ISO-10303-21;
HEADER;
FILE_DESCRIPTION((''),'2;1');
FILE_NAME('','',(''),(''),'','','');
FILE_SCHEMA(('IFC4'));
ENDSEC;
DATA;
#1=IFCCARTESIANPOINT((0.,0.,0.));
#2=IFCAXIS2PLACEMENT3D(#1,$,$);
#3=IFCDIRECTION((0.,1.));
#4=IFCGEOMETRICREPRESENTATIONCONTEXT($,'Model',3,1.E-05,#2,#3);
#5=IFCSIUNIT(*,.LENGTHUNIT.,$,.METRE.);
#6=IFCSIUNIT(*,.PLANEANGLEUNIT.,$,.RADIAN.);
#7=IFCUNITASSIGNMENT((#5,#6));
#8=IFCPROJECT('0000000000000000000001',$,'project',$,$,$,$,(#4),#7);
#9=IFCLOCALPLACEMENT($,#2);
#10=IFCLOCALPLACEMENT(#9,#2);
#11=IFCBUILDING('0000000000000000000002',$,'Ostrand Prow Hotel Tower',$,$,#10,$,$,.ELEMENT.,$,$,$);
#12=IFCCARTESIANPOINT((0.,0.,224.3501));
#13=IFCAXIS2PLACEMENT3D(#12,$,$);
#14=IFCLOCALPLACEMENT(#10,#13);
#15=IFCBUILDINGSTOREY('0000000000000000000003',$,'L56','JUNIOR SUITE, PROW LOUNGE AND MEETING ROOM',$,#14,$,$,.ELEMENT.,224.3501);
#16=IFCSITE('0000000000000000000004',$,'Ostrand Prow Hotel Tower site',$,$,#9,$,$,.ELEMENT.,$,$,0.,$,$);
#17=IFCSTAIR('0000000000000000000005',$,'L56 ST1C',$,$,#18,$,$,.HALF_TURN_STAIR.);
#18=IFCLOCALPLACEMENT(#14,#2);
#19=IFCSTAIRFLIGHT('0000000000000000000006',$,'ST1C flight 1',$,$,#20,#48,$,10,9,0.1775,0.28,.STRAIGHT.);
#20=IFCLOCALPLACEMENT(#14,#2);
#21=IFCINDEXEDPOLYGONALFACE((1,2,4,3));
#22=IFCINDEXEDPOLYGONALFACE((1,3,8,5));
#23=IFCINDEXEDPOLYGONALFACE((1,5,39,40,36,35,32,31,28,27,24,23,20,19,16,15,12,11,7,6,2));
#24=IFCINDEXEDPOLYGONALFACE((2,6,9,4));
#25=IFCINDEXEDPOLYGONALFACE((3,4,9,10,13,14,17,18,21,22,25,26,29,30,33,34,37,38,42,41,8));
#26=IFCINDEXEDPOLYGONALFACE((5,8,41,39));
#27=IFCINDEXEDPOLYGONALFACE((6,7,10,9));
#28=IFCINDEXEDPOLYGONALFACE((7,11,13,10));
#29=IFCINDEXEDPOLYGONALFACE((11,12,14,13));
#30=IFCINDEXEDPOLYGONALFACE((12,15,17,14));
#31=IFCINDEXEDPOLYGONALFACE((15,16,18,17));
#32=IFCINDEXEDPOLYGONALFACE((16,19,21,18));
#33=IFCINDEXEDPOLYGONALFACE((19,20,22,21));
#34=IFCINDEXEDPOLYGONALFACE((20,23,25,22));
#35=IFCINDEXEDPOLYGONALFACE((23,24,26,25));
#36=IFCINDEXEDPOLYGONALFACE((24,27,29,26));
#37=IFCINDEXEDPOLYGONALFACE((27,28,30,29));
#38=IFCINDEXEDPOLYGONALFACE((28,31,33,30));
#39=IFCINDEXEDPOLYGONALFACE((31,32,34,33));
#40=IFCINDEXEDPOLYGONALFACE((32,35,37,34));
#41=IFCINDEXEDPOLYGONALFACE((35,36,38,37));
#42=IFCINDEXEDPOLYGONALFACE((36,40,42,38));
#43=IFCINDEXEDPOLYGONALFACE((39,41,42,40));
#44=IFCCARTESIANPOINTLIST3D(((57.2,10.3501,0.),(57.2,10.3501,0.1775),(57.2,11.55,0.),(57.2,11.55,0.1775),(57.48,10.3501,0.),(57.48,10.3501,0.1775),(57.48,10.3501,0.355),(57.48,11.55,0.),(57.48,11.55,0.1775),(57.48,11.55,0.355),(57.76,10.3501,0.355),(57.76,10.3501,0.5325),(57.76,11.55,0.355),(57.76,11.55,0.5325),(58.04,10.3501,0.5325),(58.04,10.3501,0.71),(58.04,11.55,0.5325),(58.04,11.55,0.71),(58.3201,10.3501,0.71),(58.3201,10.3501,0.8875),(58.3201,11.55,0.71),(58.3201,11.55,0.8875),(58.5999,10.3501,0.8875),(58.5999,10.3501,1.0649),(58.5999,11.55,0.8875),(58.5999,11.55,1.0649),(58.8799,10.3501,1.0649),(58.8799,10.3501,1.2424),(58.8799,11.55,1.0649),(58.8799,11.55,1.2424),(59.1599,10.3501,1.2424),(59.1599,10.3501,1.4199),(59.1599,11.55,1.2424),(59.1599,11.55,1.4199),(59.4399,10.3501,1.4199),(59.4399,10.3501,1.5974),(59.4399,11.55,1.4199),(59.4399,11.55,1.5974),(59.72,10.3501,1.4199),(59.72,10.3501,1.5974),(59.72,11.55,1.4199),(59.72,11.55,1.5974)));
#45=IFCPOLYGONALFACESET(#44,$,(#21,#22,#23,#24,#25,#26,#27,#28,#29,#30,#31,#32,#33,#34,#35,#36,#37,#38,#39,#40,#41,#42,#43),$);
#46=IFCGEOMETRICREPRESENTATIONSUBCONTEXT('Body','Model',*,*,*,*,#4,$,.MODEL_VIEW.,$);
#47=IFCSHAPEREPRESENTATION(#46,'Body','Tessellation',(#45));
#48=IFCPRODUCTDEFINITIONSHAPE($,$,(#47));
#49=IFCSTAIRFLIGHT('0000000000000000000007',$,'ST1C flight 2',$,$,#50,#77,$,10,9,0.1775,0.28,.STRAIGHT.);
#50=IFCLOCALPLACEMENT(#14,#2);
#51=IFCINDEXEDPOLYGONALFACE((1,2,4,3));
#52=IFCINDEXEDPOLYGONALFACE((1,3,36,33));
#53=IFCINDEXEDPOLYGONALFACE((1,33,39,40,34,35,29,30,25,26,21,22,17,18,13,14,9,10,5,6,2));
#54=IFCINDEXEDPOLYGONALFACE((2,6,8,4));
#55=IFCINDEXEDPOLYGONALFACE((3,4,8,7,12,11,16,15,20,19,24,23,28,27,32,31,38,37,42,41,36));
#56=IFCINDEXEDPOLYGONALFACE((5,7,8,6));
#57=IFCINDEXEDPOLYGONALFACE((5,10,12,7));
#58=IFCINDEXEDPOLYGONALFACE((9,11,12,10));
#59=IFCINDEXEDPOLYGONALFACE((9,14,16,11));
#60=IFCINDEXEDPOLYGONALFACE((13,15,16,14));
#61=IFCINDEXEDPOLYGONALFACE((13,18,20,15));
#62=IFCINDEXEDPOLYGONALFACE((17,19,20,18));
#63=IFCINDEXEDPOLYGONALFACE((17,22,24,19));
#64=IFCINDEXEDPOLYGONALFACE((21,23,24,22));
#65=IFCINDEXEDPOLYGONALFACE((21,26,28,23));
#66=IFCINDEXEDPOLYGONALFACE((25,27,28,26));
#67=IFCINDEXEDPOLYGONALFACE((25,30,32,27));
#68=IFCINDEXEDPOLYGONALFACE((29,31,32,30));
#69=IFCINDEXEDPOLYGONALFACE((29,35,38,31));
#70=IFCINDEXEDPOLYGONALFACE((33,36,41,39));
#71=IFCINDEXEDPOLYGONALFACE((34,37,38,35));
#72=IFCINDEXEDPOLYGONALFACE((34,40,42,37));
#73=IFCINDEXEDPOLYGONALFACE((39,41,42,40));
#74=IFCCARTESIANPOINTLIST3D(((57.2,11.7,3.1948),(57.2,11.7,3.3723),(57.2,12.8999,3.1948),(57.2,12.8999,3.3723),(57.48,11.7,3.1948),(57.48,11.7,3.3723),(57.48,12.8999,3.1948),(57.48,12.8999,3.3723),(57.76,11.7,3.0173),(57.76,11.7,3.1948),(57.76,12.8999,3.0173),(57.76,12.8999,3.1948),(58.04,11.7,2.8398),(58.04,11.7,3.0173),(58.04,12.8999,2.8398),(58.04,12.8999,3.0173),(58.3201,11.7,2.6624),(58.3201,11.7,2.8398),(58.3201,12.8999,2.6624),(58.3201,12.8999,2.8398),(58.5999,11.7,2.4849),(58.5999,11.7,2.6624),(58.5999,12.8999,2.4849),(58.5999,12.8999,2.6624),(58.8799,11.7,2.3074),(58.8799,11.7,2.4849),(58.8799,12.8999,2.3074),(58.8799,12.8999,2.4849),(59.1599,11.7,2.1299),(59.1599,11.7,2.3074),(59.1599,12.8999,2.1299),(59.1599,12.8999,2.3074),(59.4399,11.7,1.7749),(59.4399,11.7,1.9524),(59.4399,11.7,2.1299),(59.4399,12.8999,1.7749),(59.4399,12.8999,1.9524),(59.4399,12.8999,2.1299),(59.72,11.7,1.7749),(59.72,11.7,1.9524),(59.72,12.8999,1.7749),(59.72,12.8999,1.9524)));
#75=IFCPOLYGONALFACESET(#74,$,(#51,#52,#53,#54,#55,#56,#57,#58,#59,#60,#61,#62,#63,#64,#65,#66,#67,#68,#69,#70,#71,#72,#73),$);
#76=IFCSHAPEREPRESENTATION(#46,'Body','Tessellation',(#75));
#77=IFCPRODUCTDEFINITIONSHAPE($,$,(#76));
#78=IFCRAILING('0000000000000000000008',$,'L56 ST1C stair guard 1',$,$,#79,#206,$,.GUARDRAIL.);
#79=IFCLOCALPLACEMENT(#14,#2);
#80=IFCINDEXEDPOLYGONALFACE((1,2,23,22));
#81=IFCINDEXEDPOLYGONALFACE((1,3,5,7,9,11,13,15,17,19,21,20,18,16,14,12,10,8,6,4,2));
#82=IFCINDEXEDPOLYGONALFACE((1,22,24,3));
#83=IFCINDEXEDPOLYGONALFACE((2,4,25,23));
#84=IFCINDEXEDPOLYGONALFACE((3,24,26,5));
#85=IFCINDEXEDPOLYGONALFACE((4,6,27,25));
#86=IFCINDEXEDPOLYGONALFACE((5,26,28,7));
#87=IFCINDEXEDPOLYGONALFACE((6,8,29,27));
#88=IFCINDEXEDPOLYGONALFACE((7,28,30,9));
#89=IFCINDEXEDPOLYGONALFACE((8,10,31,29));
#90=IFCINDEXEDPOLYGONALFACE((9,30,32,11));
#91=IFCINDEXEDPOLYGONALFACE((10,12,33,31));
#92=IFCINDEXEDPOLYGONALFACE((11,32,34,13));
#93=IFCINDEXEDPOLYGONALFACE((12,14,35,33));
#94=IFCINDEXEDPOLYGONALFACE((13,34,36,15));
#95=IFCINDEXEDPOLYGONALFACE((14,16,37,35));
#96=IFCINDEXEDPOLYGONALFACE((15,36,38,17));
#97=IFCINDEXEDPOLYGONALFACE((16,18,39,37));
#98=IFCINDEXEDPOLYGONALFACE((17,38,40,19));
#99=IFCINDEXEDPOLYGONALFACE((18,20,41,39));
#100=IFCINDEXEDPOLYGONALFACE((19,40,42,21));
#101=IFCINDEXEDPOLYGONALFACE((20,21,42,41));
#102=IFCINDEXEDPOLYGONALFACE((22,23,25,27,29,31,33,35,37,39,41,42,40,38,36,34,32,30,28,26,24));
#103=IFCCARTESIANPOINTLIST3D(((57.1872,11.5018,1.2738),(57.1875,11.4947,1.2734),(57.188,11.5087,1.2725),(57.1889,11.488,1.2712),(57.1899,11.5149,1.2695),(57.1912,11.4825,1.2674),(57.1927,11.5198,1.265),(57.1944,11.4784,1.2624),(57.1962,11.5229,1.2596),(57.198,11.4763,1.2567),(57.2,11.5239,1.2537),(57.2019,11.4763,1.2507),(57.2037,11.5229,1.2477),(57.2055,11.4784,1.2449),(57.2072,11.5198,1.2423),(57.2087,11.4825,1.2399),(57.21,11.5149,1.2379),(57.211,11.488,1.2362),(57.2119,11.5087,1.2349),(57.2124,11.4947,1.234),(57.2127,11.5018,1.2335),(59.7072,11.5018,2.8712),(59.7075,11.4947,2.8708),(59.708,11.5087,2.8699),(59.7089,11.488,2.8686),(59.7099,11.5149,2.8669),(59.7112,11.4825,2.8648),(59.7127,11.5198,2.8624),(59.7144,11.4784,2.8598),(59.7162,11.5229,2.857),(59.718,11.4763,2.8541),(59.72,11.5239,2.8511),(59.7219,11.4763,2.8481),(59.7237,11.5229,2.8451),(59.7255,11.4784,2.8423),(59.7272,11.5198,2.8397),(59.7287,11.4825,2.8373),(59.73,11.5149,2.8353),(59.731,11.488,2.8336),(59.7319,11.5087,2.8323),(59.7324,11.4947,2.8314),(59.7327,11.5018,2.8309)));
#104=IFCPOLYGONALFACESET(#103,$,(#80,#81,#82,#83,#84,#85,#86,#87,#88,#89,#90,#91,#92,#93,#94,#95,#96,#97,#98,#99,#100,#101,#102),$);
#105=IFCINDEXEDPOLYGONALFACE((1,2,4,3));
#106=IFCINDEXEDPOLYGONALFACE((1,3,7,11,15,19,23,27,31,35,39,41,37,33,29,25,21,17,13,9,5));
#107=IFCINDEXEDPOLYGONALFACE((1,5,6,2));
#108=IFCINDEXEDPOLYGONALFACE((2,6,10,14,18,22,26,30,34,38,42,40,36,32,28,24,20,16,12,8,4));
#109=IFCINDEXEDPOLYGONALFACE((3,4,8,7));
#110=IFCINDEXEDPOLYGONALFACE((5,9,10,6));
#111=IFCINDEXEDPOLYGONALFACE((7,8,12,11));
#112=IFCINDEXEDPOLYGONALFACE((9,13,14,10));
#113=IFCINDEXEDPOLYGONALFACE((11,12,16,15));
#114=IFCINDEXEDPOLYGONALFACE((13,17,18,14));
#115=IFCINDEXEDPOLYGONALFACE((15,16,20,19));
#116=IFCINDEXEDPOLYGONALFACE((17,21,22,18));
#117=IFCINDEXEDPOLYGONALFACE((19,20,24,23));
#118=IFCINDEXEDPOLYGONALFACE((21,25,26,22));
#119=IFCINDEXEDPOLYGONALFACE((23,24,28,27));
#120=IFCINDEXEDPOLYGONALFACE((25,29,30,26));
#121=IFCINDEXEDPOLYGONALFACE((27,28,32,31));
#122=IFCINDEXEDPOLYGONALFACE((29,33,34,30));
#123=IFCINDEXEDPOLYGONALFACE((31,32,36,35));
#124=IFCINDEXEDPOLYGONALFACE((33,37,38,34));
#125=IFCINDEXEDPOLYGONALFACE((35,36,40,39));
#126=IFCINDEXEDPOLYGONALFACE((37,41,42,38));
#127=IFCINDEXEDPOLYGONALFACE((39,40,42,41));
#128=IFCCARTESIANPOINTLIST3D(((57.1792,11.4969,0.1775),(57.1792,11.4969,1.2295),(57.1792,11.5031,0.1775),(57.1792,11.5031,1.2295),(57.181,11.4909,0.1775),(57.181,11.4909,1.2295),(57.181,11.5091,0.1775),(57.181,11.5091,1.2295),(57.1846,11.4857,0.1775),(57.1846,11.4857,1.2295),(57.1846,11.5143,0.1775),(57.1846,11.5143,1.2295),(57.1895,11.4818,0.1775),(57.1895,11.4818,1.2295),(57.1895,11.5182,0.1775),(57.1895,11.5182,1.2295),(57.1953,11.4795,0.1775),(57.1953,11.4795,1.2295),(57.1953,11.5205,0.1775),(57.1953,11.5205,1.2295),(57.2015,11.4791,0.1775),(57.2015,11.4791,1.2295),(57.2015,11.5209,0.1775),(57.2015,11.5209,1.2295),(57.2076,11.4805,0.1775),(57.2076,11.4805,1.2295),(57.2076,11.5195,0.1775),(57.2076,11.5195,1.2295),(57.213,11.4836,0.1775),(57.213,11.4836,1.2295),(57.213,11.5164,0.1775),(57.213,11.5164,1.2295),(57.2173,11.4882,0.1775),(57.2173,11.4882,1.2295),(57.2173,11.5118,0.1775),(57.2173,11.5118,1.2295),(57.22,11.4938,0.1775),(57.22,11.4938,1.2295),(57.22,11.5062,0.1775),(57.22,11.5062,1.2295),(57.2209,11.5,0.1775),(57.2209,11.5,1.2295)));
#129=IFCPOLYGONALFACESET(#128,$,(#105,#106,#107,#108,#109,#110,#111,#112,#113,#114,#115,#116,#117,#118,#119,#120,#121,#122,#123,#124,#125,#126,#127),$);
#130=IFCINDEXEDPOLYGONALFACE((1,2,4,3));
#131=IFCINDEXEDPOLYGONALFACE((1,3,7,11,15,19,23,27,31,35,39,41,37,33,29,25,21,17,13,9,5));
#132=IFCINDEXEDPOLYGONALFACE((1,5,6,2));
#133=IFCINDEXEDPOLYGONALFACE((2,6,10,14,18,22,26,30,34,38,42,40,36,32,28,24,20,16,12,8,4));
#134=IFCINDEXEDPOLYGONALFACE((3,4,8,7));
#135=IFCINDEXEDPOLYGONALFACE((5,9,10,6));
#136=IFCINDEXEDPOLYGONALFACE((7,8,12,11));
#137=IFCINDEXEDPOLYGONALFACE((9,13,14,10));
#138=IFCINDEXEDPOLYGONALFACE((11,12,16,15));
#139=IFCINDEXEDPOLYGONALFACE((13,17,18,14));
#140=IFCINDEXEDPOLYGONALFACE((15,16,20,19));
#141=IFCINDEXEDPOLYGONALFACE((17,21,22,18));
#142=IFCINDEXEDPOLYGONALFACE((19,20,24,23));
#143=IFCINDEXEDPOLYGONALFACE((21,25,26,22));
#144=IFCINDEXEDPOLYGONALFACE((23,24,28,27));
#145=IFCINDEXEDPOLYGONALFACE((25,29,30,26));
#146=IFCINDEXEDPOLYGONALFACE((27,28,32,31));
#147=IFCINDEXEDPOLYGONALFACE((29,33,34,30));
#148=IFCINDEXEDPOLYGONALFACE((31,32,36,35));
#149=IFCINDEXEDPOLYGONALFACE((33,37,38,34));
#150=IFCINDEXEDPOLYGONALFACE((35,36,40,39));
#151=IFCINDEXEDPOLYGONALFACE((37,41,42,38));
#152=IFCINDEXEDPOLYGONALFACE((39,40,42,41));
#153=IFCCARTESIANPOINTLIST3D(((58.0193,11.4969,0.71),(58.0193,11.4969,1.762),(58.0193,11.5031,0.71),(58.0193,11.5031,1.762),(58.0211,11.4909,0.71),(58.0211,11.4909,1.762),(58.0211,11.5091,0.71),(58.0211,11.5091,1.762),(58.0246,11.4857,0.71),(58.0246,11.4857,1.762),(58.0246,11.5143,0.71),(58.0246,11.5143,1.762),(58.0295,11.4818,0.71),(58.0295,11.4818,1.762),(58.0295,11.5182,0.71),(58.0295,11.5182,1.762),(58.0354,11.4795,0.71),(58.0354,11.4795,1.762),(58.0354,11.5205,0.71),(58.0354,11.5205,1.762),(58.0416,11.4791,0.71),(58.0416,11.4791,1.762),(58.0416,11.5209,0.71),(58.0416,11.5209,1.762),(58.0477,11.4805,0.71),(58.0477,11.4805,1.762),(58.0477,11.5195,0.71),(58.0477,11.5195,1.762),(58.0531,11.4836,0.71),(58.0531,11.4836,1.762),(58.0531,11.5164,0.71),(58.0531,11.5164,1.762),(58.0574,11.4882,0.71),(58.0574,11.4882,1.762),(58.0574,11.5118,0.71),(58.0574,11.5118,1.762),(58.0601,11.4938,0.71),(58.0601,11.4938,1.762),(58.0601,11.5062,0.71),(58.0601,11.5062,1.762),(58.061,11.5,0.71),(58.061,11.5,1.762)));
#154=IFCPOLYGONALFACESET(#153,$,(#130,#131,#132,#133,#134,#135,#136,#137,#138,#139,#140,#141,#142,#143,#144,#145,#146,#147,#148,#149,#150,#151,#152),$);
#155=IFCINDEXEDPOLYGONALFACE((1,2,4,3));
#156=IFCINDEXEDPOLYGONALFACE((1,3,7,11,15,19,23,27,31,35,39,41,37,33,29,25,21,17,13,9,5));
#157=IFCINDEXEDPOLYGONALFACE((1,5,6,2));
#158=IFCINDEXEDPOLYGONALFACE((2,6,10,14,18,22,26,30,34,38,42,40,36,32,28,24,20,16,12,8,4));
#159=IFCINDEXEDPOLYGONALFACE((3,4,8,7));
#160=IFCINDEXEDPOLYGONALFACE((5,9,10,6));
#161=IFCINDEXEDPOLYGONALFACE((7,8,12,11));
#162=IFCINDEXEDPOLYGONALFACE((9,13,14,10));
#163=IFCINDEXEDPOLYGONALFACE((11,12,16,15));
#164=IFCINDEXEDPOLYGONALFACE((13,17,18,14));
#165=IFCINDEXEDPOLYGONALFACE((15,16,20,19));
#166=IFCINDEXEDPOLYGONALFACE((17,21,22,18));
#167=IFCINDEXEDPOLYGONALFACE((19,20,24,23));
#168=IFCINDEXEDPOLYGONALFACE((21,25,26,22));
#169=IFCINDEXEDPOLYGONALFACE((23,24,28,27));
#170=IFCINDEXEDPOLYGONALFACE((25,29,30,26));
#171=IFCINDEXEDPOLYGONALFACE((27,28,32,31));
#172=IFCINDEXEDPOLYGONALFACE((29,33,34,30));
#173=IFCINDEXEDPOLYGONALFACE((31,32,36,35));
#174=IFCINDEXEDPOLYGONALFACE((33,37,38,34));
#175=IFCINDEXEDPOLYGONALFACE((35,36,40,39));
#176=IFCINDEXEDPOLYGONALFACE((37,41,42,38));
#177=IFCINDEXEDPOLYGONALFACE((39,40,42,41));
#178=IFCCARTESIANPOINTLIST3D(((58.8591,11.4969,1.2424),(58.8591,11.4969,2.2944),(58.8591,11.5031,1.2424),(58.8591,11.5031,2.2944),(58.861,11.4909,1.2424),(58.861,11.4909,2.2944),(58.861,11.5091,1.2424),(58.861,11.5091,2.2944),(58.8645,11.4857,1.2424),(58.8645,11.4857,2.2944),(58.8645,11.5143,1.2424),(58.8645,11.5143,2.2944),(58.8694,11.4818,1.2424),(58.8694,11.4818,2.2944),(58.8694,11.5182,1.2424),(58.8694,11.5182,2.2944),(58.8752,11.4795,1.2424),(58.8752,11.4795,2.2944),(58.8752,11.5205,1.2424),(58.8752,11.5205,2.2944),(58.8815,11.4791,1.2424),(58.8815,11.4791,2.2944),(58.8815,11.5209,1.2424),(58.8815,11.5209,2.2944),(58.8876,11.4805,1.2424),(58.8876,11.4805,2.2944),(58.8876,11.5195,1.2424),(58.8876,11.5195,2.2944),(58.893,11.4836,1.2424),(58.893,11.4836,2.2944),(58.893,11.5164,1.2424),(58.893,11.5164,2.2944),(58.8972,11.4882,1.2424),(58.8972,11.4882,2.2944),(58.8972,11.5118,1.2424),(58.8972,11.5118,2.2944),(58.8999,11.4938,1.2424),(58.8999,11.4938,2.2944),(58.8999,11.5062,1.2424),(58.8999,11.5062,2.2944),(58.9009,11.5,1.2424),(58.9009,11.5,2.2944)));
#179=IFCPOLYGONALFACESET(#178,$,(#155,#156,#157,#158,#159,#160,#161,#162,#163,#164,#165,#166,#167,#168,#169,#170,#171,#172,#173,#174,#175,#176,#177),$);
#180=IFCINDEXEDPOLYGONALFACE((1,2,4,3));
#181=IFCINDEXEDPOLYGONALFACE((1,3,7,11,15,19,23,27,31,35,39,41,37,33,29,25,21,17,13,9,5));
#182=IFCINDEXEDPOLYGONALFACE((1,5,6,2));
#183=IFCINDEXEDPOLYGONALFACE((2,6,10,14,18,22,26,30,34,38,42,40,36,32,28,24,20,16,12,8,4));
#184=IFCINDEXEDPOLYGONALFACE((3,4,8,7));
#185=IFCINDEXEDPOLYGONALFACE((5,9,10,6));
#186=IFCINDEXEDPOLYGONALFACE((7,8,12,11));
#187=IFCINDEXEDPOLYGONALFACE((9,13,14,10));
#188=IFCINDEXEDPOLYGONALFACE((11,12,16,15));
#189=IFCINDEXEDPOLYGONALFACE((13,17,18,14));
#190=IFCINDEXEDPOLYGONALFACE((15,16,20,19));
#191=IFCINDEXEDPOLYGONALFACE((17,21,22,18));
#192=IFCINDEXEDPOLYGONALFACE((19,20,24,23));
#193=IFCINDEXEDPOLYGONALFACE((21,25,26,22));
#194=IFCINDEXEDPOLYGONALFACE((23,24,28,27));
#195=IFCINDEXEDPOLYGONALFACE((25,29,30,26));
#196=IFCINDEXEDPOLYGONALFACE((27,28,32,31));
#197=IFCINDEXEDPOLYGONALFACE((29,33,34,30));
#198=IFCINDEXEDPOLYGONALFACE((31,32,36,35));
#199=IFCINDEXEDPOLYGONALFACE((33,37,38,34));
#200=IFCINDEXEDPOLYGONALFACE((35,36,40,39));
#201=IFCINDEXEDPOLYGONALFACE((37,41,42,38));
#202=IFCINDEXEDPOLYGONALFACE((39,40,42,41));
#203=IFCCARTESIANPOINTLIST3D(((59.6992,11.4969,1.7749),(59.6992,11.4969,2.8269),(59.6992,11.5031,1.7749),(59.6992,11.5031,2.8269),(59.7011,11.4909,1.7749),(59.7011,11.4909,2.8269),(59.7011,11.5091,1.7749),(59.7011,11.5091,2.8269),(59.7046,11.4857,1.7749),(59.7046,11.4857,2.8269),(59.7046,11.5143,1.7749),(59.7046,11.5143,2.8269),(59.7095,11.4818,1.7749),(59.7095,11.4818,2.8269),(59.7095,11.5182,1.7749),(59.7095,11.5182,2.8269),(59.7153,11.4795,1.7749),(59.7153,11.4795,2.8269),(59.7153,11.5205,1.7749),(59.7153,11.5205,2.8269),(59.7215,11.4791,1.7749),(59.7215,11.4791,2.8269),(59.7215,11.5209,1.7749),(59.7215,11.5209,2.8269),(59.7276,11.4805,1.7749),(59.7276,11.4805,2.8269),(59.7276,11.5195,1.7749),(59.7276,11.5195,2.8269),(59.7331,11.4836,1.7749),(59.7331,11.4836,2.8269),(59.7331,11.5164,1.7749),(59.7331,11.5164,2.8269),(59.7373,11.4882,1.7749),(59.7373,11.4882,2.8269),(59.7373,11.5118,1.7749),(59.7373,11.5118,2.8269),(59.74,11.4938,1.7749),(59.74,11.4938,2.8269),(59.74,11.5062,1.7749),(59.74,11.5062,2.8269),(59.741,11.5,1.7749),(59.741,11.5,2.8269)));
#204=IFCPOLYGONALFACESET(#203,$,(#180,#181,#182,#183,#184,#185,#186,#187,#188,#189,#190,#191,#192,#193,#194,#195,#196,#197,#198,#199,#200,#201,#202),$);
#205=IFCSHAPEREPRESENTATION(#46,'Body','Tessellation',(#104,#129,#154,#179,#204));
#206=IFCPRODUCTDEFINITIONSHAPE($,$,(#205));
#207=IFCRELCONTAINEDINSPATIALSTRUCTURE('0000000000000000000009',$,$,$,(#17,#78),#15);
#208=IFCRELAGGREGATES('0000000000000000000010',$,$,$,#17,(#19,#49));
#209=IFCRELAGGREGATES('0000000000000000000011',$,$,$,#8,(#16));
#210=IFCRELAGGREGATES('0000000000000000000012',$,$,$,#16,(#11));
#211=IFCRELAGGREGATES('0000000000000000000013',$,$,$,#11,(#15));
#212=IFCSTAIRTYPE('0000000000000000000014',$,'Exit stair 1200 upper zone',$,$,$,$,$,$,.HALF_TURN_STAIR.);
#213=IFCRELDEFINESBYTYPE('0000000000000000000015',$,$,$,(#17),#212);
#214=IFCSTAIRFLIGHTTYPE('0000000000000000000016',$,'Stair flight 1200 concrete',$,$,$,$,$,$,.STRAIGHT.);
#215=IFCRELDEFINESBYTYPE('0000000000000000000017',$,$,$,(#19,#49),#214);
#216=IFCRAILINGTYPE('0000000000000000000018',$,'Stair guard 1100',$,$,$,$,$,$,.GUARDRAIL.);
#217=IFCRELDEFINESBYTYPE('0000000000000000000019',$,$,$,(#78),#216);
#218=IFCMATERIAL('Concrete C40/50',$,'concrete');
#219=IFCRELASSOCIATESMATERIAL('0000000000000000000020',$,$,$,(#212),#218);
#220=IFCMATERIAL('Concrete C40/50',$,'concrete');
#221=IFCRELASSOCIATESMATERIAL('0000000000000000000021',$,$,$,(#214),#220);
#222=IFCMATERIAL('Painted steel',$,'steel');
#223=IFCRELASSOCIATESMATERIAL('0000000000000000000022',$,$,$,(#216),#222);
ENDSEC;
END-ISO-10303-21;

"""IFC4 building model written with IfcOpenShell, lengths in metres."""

from ifc_helpers import new_model, si_unit, direction, frame, origin, origin_2d, place, context, subcontext, project, spatial, polyline, circle, outline, extrude, material, type_object, element, aggregate, save


model = new_model("IFC4")

# Units and contexts
model_context = context("Model", 3, precision=1e-05, world=origin(), true_north=direction((0.0, 1.0)))
body_context = subcontext(model_context, "Body", "Model", "MODEL_VIEW")
ifc_project = project(units=[si_unit("LENGTHUNIT", "METRE"), si_unit("PLANEANGLEUNIT", "RADIAN")], contexts=[model_context])

# Site, building, storey
site_placement = place(None, origin())
site = spatial("IfcSite", under=ifc_project, at=site_placement, Name="Ostrand Prow Hotel Tower site", CompositionType="ELEMENT", RefElevation=0.0)
building_placement = place(site_placement, origin())
building = spatial("IfcBuilding", under=site, at=building_placement, Name="Ostrand Prow Hotel Tower", CompositionType="ELEMENT")
storey_placement = place(building_placement, frame((0.0, 0.0, 224.3501)))
storey = spatial("IfcBuildingStorey", under=building, at=storey_placement, Name="L56", Description="JUNIOR SUITE, PROW LOUNGE AND MEETING ROOM", CompositionType="ELEMENT", Elevation=224.3501)

# Stair, stair flights
ifc_material_1 = material(Name="Concrete C40/50", Category="concrete")
stair_type = type_object("IfcStairType", Name="Exit stair 1200 upper zone", PredefinedType="HALF_TURN_STAIR", material=ifc_material_1)
stair_placement = place(storey_placement, origin())
stair = element("IfcStair", 1, at=stair_placement, inside=storey, type_object=stair_type, Name="L56 ST1C", PredefinedType="HALF_TURN_STAIR")
ifc_material_2 = material(Name="Concrete C40/50", Category="concrete")
stair_flight_type = type_object("IfcStairFlightType", Name="Stair flight 1200 concrete", PredefinedType="STRAIGHT", material=ifc_material_2)
stair_flight_1_placement = place(storey_placement, frame((57.2, 10.95, 0.0), z_axis=(0.0, 0.0, 1.0), x_axis=(1.0, 0.0, 0.0)))
stair_flight_1 = element("IfcStairFlight", 2, at=stair_flight_1_placement, type_object=stair_flight_type, Name="ST1C flight 1", NumberOfRisers=10, NumberOfTreads=9, PredefinedType="STRAIGHT", RiserHeight=0.1775, TreadLength=0.28, context=body_context, shape_type="SweptSolid", body=[
    extrude(outline(polyline([(0.0, 0.0), (0.0, 0.1775), (0.28, 0.1775), (0.28, 0.355), (0.5601, 0.355), (0.5601, 0.5325), (0.8401, 0.5325), (0.8401, 0.71), (1.1201, 0.71), (1.1201, 0.8875), (1.3999, 0.8875), (1.3999, 1.0649), (1.6799, 1.0649), (1.6799, 1.2424), (1.96, 1.2424), (1.96, 1.4199), (2.24, 1.4199), (2.24, 1.5974), (2.52, 1.5974), (2.52, 1.7749), (2.52, 1.4199), (0.28, 0.0), (0.0, 0.0)])), frame((0.0, 0.6001, 0.0), z_axis=(0.0, -1.0, 0.0), x_axis=(1.0, 0.0, 0.0)), (0.0, 0.0, 1.0), 1.2),
])
stair_flight_2_placement = place(storey_placement, frame((59.72, 12.3, 1.7749), z_axis=(0.0, 0.0, 1.0), x_axis=(-1.0, 0.0, 0.0)))
stair_flight_2 = element("IfcStairFlight", 3, at=stair_flight_2_placement, type_object=stair_flight_type, Name="ST1C flight 2", NumberOfRisers=10, NumberOfTreads=9, PredefinedType="STRAIGHT", RiserHeight=0.1775, TreadLength=0.28, context=body_context, shape_type="SweptSolid", body=[
    extrude(outline(polyline([(0.0, 0.0), (0.0, 0.1775), (0.28, 0.1775), (0.28, 0.355), (0.5601, 0.355), (0.5601, 0.5325), (0.8401, 0.5325), (0.8401, 0.71), (1.1201, 0.71), (1.1201, 0.8875), (1.3999, 0.8875), (1.3999, 1.0649), (1.6799, 1.0649), (1.6799, 1.2424), (1.96, 1.2424), (1.96, 1.4199), (2.24, 1.4199), (2.24, 1.5974), (2.52, 1.5974), (2.52, 1.7749), (2.52, 1.4199), (0.28, 0.0), (0.0, 0.0)])), frame((0.0, 0.6001, 0.0), z_axis=(0.0, -1.0, 0.0), x_axis=(1.0, 0.0, 0.0)), (0.0, 0.0, 1.0), 1.2),
])
aggregate(stair, [stair_flight_1, stair_flight_2])

# Railing
ifc_material_3 = material(Name="Painted steel", Category="steel")
railing_type_1 = type_object("IfcRailingType", Name="Stair guard 1100", PredefinedType="GUARDRAIL", material=ifc_material_3)
railing_1_placement = place(storey_placement, frame((57.2, 11.5, 0.1775)))
element("IfcRailing", 4, at=railing_1_placement, inside=storey, type_object=railing_type_1, Name="L56 ST1C stair guard 1", PredefinedType="GUARDRAIL", context=body_context, shape_type="SweptSolid", body=[
    extrude(circle(Radius=0.0239, at=origin_2d()), frame((0.0, 0.0, 1.0762), z_axis=(0.844607, 0.0, 0.535387), x_axis=(0.0, 1.0, 0.0)), (0.0, 0.0, 1.0), 2.9836),
    extrude(circle(Radius=0.021, at=origin_2d()), origin(), (0.0, 0.0, 1.0), 1.052),
    extrude(circle(Radius=0.021, at=origin_2d()), frame((0.8401, 0.0, 0.5325)), (0.0, 0.0, 1.0), 1.052),
    extrude(circle(Radius=0.021, at=origin_2d()), frame((1.6799, 0.0, 1.0649)), (0.0, 0.0, 1.0), 1.052),
    extrude(circle(Radius=0.021, at=origin_2d()), frame((2.52, 0.0, 1.5974)), (0.0, 0.0, 1.0), 1.052),
])

save(model, "model.ifc")
